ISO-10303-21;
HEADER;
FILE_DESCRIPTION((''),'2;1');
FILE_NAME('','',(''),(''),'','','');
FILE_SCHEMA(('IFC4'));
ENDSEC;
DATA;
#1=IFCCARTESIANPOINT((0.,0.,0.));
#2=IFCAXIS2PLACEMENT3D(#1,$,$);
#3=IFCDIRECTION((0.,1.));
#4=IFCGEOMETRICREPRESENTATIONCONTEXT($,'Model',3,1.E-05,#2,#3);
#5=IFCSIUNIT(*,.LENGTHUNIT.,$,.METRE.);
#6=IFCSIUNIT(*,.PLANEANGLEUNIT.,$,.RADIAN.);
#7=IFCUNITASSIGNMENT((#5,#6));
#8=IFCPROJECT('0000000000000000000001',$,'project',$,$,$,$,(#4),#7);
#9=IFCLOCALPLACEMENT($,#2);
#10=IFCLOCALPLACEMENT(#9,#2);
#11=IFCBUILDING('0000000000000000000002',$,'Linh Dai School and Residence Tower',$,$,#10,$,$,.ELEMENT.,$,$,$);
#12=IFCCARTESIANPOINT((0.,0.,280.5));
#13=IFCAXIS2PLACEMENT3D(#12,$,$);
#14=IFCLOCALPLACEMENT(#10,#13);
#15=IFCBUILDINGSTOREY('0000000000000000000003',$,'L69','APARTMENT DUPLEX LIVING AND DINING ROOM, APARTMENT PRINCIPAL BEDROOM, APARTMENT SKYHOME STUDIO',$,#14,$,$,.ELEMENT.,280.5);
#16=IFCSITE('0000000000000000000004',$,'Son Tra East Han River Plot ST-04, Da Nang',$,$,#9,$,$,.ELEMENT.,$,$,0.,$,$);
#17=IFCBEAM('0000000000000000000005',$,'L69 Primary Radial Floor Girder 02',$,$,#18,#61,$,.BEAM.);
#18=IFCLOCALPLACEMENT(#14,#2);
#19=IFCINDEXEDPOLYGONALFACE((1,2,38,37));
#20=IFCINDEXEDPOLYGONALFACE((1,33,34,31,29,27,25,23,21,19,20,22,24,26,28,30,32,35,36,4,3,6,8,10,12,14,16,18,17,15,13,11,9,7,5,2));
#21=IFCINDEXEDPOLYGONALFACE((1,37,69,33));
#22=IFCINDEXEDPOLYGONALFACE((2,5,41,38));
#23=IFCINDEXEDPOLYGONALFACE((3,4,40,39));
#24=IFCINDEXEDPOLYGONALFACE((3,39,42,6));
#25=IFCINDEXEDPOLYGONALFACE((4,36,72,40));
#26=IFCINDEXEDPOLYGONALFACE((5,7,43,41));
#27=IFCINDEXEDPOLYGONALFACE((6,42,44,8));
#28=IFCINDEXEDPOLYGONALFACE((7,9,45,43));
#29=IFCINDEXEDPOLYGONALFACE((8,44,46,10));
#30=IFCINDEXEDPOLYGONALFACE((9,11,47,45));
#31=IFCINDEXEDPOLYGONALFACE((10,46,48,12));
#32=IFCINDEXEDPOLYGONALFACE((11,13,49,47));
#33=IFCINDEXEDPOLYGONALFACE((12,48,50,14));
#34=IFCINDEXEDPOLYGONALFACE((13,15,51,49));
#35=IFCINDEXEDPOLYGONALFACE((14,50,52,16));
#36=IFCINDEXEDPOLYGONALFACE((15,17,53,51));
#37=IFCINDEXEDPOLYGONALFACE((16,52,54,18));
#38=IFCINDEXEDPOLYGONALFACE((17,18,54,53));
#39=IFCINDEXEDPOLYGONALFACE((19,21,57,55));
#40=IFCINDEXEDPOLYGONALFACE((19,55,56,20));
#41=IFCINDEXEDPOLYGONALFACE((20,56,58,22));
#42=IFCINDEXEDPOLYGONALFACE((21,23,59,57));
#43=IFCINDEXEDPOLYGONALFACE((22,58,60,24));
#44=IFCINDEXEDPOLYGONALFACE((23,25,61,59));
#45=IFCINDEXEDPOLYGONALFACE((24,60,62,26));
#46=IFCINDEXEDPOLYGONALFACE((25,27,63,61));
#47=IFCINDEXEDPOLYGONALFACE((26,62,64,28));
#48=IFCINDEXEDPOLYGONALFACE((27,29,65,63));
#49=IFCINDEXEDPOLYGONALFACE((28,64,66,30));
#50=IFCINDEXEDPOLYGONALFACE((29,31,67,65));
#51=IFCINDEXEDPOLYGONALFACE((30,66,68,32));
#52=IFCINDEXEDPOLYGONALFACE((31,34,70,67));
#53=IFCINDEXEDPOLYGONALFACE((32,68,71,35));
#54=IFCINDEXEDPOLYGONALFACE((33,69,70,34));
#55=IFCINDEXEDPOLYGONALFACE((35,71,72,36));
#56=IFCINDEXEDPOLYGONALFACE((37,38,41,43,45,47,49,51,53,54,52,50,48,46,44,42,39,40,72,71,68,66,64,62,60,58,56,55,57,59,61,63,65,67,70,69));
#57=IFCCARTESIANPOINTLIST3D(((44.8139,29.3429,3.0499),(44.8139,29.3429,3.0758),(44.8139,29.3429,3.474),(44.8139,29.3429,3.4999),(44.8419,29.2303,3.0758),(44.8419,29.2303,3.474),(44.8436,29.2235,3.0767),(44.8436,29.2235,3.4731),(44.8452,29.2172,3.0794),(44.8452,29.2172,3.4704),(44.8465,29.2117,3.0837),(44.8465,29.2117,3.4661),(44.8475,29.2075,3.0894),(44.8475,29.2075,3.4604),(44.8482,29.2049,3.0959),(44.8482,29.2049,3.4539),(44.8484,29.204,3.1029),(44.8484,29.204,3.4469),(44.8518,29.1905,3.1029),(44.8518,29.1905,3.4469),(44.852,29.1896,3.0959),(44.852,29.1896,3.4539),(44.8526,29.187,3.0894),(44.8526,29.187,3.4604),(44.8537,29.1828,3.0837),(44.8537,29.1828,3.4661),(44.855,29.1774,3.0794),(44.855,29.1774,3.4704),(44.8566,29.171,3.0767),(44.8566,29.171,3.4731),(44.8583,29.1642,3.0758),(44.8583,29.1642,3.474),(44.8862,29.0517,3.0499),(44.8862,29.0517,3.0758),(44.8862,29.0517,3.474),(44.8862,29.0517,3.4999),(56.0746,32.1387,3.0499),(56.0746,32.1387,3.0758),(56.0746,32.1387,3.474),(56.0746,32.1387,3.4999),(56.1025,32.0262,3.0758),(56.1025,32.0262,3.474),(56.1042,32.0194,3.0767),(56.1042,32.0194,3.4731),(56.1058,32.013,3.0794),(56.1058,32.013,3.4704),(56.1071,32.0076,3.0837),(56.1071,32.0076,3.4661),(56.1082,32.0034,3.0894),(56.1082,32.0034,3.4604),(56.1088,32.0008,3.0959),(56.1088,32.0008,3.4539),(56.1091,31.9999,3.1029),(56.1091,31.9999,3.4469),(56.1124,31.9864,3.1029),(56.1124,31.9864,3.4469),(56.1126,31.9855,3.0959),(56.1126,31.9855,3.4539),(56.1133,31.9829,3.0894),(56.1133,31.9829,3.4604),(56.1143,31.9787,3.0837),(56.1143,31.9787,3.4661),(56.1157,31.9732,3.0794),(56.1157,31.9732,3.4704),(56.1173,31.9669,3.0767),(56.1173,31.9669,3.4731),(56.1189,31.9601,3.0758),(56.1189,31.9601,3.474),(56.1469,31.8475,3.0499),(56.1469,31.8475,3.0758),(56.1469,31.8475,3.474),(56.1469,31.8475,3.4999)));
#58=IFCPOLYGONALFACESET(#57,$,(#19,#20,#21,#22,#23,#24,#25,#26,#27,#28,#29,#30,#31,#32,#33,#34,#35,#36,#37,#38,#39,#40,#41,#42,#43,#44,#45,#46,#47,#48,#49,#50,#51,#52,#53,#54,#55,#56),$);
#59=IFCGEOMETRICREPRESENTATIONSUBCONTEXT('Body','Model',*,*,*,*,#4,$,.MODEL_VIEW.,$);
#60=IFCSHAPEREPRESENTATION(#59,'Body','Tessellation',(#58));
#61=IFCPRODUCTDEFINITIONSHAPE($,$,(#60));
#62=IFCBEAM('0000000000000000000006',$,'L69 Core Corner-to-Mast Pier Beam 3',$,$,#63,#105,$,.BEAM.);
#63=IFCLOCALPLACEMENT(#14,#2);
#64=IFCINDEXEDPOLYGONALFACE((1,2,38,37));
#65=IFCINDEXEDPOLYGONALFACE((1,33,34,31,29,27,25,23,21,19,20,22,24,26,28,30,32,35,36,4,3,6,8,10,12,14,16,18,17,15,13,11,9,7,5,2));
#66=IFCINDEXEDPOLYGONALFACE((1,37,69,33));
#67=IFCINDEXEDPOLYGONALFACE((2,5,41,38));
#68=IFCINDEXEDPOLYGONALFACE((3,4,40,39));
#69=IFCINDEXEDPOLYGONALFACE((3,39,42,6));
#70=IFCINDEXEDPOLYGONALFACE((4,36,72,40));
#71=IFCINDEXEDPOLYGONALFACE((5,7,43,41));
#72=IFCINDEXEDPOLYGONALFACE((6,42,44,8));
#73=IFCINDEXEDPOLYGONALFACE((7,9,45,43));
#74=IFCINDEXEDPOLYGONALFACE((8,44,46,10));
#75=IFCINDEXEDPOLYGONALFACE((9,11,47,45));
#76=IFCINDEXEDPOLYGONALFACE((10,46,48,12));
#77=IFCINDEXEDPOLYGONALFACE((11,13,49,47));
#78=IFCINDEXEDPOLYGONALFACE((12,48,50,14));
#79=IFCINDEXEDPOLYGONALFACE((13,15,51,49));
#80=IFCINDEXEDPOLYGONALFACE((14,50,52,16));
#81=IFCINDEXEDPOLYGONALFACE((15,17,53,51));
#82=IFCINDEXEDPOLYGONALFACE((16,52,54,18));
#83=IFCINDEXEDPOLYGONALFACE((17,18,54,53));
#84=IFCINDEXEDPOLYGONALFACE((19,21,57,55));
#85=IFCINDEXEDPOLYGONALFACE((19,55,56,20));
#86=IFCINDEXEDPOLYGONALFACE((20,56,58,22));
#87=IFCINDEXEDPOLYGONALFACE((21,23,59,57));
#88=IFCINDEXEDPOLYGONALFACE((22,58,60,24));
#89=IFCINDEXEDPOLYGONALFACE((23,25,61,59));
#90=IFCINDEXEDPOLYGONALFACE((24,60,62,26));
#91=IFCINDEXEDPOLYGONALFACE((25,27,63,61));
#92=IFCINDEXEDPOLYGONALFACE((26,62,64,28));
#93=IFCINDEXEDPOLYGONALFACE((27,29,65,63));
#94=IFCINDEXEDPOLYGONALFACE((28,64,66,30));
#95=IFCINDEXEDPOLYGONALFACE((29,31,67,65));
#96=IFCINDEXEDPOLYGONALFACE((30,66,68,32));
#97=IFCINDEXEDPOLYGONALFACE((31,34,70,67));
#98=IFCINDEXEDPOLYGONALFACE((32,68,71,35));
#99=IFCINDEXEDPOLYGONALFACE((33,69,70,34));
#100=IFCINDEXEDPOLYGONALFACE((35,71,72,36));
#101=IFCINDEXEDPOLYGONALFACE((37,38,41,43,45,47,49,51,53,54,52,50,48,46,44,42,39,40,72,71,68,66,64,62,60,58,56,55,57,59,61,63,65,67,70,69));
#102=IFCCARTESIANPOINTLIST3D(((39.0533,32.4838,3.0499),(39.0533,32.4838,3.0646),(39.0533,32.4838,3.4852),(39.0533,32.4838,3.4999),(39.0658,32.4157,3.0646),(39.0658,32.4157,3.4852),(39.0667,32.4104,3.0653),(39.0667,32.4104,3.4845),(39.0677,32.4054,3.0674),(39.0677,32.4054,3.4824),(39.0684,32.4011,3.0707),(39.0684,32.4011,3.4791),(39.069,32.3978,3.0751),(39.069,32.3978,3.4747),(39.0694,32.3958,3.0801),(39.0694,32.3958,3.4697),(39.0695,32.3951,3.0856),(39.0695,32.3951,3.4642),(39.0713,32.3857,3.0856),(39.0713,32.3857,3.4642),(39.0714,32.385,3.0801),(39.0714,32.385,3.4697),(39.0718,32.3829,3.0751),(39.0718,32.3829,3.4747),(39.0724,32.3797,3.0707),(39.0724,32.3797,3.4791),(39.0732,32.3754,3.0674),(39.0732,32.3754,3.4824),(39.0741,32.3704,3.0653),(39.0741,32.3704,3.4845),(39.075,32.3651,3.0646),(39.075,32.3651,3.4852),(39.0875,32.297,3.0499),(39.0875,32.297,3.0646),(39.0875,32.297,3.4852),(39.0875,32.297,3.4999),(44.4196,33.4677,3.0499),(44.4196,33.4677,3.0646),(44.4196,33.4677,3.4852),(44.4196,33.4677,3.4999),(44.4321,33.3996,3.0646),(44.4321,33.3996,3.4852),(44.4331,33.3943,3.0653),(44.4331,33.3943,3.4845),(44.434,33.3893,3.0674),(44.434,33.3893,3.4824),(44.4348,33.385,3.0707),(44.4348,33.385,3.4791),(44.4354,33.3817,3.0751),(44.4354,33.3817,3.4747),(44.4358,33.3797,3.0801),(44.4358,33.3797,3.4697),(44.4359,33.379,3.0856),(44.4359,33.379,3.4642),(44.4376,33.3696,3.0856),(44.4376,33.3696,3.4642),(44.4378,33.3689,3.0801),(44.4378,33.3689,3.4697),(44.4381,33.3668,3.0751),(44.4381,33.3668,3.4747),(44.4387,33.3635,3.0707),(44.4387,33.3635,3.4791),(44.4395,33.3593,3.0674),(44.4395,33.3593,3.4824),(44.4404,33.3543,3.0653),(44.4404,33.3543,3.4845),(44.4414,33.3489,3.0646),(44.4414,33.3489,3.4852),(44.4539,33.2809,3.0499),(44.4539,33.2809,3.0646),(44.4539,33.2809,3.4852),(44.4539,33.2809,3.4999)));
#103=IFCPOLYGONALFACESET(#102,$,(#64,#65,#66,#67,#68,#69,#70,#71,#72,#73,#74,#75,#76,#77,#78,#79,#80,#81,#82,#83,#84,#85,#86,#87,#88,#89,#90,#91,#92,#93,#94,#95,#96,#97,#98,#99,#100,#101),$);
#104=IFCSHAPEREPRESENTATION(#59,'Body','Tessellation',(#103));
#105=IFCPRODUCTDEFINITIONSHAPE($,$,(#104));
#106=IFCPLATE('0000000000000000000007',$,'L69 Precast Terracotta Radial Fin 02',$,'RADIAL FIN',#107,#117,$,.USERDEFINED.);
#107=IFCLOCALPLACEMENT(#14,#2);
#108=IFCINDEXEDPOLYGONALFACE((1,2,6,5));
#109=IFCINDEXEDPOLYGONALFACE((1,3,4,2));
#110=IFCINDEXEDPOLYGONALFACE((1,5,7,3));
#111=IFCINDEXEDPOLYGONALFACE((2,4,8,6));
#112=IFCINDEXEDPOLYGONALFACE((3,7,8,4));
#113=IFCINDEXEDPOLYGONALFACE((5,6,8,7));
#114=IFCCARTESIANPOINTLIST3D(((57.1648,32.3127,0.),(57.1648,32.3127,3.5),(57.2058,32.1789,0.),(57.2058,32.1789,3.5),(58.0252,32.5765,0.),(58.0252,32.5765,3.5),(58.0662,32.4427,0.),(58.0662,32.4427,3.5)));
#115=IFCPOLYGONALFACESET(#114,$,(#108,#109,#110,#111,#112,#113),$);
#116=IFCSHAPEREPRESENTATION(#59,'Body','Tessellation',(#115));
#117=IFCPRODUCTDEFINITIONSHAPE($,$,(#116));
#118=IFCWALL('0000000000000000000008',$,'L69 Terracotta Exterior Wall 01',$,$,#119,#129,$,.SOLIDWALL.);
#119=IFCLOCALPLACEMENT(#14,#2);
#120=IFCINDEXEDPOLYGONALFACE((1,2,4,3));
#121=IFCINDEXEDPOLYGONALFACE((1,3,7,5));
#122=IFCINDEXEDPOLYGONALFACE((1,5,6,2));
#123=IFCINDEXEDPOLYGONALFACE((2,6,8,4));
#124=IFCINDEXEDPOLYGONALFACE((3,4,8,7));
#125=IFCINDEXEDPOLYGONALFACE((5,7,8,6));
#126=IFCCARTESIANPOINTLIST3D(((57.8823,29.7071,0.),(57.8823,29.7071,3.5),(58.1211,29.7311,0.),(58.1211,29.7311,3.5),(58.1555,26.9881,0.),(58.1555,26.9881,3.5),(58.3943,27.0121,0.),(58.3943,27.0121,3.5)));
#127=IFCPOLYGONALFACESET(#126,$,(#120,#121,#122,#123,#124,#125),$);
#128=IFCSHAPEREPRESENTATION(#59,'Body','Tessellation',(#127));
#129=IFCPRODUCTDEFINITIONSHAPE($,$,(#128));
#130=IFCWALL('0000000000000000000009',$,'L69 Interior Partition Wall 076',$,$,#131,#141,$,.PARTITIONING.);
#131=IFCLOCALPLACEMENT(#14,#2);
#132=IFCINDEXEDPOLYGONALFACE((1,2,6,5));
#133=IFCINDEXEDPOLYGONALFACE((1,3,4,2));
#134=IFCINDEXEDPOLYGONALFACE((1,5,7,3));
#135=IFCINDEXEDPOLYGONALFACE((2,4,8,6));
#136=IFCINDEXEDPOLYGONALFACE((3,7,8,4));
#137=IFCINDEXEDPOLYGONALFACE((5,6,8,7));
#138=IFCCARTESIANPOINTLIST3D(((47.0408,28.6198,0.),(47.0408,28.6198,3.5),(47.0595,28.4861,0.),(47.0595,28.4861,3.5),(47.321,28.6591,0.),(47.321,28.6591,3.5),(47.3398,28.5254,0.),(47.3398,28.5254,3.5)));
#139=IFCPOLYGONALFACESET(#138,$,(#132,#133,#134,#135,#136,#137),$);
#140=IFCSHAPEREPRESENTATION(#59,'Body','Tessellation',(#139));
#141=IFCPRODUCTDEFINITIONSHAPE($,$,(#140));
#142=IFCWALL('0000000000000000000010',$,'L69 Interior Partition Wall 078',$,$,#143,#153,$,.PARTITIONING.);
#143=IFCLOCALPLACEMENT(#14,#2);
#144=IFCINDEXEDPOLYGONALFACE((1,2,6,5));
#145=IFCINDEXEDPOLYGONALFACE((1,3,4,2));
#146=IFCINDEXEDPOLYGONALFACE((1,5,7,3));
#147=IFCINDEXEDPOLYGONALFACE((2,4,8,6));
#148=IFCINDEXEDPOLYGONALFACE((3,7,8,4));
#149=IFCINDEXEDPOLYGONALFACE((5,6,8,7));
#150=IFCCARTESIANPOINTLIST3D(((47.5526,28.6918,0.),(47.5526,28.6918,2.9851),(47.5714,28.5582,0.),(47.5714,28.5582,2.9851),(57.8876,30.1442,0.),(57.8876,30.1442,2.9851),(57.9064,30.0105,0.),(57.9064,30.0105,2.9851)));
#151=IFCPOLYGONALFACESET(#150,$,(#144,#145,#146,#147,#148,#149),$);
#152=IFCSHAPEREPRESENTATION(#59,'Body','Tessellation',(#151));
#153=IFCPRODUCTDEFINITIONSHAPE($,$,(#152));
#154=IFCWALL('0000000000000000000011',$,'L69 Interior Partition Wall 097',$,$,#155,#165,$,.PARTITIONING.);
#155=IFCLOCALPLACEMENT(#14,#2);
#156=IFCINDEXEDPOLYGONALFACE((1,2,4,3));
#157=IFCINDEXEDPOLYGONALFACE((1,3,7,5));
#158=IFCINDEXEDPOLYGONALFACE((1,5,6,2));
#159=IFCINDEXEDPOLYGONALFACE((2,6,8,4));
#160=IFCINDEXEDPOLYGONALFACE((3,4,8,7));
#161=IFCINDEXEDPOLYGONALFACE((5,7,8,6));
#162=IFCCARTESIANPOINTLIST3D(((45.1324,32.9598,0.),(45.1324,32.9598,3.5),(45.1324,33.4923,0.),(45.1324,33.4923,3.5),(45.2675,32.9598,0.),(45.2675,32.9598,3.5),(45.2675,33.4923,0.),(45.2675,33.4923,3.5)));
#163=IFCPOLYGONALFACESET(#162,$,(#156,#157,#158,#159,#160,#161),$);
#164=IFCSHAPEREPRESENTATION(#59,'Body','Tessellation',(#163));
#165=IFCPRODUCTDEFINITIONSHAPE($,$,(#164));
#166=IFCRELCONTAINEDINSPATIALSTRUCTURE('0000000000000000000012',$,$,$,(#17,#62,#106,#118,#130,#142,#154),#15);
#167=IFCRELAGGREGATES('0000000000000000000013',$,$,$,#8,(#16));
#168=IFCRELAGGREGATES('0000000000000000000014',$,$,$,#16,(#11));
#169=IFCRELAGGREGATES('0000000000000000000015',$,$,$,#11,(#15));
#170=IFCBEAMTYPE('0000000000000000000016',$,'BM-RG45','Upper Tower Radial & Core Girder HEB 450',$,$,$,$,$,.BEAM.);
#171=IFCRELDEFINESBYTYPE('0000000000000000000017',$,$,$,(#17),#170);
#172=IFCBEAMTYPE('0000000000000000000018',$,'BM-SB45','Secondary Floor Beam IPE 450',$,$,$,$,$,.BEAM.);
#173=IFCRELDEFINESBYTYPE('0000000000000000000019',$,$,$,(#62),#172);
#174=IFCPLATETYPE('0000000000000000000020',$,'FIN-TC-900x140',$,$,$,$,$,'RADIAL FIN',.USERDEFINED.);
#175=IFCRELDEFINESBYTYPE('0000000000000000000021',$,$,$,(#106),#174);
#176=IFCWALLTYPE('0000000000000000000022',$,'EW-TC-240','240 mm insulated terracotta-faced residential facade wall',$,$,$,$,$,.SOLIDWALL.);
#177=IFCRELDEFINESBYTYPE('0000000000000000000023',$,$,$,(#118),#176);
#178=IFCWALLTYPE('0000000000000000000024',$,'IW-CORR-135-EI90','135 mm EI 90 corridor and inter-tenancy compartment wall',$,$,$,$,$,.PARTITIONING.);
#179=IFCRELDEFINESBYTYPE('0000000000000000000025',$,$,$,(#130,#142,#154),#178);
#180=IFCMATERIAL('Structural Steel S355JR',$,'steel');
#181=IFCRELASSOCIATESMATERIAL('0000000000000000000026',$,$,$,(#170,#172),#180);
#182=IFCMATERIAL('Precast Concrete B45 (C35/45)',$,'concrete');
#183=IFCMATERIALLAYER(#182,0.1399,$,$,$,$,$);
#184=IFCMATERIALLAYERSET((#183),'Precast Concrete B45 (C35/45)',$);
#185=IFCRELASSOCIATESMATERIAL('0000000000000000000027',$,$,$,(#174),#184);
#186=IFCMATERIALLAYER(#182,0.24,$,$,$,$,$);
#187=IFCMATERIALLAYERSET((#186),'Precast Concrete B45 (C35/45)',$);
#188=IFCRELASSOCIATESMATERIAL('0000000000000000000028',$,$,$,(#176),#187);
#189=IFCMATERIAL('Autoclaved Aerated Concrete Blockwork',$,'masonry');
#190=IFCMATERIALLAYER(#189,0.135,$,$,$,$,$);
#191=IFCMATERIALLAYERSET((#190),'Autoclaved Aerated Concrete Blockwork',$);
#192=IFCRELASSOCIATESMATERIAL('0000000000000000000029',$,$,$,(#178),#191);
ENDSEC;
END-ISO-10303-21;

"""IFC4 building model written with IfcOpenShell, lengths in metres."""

from ifc_helpers import new_model, si_unit, direction, frame, frame_2d, origin, origin_2d, place, context, subcontext, project, spatial, rectangle, i_section, extrude, source, transform, mapped, material, layer, layer_set, material_profile, profile_set, type_object, element, save


model = new_model("IFC4")

# Units and contexts
model_context = context("Model", 3, precision=1e-05, world=origin(), true_north=direction((0.0, 1.0)))
body_context = subcontext(model_context, "Body", "Model", "MODEL_VIEW")
ifc_project = project(units=[si_unit("LENGTHUNIT", "METRE"), si_unit("PLANEANGLEUNIT", "RADIAN")], contexts=[model_context])

# Site, building, storey
site_placement = place(None, origin())
site = spatial("IfcSite", under=ifc_project, at=site_placement, Name="Son Tra East Han River Plot ST-04, Da Nang", CompositionType="ELEMENT", RefElevation=0.0)
building_placement = place(site_placement, origin())
building = spatial("IfcBuilding", under=site, at=building_placement, Name="Linh Dai School and Residence Tower", CompositionType="ELEMENT")
storey_placement = place(building_placement, frame((0.0, 0.0, 280.5)))
storey = spatial("IfcBuildingStorey", under=building, at=storey_placement, Name="L69", Description="APARTMENT DUPLEX LIVING AND DINING ROOM, APARTMENT PRINCIPAL BEDROOM, APARTMENT SKYHOME STUDIO", CompositionType="ELEMENT", Elevation=280.5)

# Shared definitions
ifc_material_1 = material(Name="Structural Steel S355JR", Category="steel")

# Beams
ifc_material_profile_1 = material_profile(ifc_material_1, i_section(OverallWidth=0.3, OverallDepth=0.45, WebThickness=0.0139, FlangeThickness=0.0259, FilletRadius=0.0271, at=origin_2d()), Name="HEB 450")
ifc_profile_set_1 = profile_set([ifc_material_profile_1], Name="Structural Steel S355JR")
beam_type_1 = type_object("IfcBeamType", Name="BM-RG45", Description="Upper Tower Radial & Core Girder HEB 450", PredefinedType="BEAM", material=ifc_profile_set_1)
beam_1_placement = place(storey_placement, frame((44.8501, 29.1973, 3.2749), z_axis=(0.970532, 0.240971, 0.0), x_axis=(-0.240971, 0.970532, 0.0)))
element("IfcBeam", 1, at=beam_1_placement, inside=storey, type_object=beam_type_1, Name="L69 Primary Radial Floor Girder 02", PredefinedType="BEAM", context=body_context, shape_type="SweptSolid", body=[
    extrude(i_section(OverallWidth=0.3, OverallDepth=0.45, WebThickness=0.0139, FlangeThickness=0.0259, FilletRadius=0.0271, at=origin_2d()), origin(), (0.0, 0.0, 1.0), 11.6025),
])
ifc_material_profile_2 = material_profile(ifc_material_1, i_section(OverallWidth=0.1899, OverallDepth=0.45, WebThickness=0.0095, FlangeThickness=0.0146, FilletRadius=0.021, at=origin_2d()), Name="IPE 450")
ifc_profile_set_2 = profile_set([ifc_material_profile_2], Name="Structural Steel S355JR")
beam_type_2 = type_object("IfcBeamType", Name="BM-SB45", Description="Secondary Floor Beam IPE 450", PredefinedType="BEAM", material=ifc_profile_set_2)
beam_2_placement = place(storey_placement, frame((44.4368, 33.3743, 3.2749), z_axis=(-0.983605, -0.180334, 0.0), x_axis=(0.180334, -0.983605, 0.0)))
element("IfcBeam", 2, at=beam_2_placement, inside=storey, type_object=beam_type_2, Name="L69 Core Corner-to-Mast Pier Beam 3", PredefinedType="BEAM", context=body_context, shape_type="SweptSolid", body=[
    extrude(i_section(OverallWidth=0.1899, OverallDepth=0.45, WebThickness=0.0095, FlangeThickness=0.0146, FilletRadius=0.021, at=origin_2d()), origin(), (0.0, 0.0, 1.0), 5.4558),
])

# Plate
ifc_material_2 = material(Name="Precast Concrete B45 (C35/45)", Category="concrete")
ifc_layer_1 = layer(ifc_material_2, 0.1399)
ifc_layer_set_1 = layer_set([ifc_layer_1], Name="Precast Concrete B45 (C35/45)")
plate_type = type_object("IfcPlateType", Name="FIN-TC-900x140", ElementType="RADIAL FIN", PredefinedType="USERDEFINED", material=ifc_layer_set_1)
shared_shape_1 = source(origin(), body_context, "Body", "SweptSolid", [
    extrude(rectangle(XDim=0.8999, YDim=0.1399, at=origin_2d()), origin(), (0.0, 0.0, 1.0), 3.5),
])
plate_placement = place(storey_placement, frame((57.6155, 32.3777, 0.0), z_axis=(0.0, 0.0, 1.0), x_axis=(0.956069, 0.293141, 0.0)))
element("IfcPlate", 3, at=plate_placement, inside=storey, type_object=plate_type, Name="L69 Precast Terracotta Radial Fin 02", ObjectType="RADIAL FIN", PredefinedType="USERDEFINED", context=body_context, shape_type="MappedRepresentation", body=[
    mapped(shared_shape_1, transform((0.0, 0.0, 0.0), x_axis=(1.0, 0.0, 0.0), y_axis=(0.0, 1.0, 0.0), z_axis=(0.0, 0.0, 1.0), scale=1.0)),
])

# Wall
ifc_layer_2 = layer(ifc_material_2, 0.24)
ifc_layer_set_2 = layer_set([ifc_layer_2], Name="Precast Concrete B45 (C35/45)")
wall_type_1 = type_object("IfcWallType", Name="EW-TC-240", Description="240 mm insulated terracotta-faced residential facade wall", PredefinedType="SOLIDWALL", material=ifc_layer_set_2)
wall_1_placement = place(storey_placement, frame((58.0017, 29.719, 0.0), z_axis=(0.0, 0.0, 1.0), x_axis=(0.099973, -0.99499, 0.0)))
element("IfcWall", 4, at=wall_1_placement, inside=storey, type_object=wall_type_1, Name="L69 Terracotta Exterior Wall 01", PredefinedType="SOLIDWALL", context=body_context, shape_type="SweptSolid", body=[
    extrude(rectangle(XDim=2.7327, YDim=0.24, at=frame_2d((1.3662, 0.0))), origin(), (0.0, 0.0, 1.0), 3.5),
])

# Walls
ifc_material_3 = material(Name="Autoclaved Aerated Concrete Blockwork", Category="masonry")
ifc_layer_3 = layer(ifc_material_3, 0.135)
ifc_layer_set_3 = layer_set([ifc_layer_3], Name="Autoclaved Aerated Concrete Blockwork")
wall_type_2 = type_object("IfcWallType", Name="IW-CORR-135-EI90", Description="135 mm EI 90 corridor and inter-tenancy compartment wall", PredefinedType="PARTITIONING", material=ifc_layer_set_3)
wall_2_placement = place(storey_placement, frame((47.05, 28.553, 0.0), z_axis=(0.0, 0.0, 1.0), x_axis=(0.990309, 0.138885, 0.0)))
element("IfcWall", 5, at=wall_2_placement, inside=storey, type_object=wall_type_2, Name="L69 Interior Partition Wall 076", PredefinedType="PARTITIONING", context=body_context, shape_type="SweptSolid", body=[
    extrude(rectangle(XDim=0.283, YDim=0.135, at=frame_2d((0.1416, 0.0))), origin(), (0.0, 0.0, 1.0), 3.5),
])
wall_3_placement = place(storey_placement, frame((47.562, 28.625, 0.0), z_axis=(0.0, 0.0, 1.0), x_axis=(0.990269, 0.139165, 0.0)))
element("IfcWall", 6, at=wall_3_placement, inside=storey, type_object=wall_type_2, Name="L69 Interior Partition Wall 078", PredefinedType="PARTITIONING", context=body_context, shape_type="SweptSolid", body=[
    extrude(rectangle(XDim=10.4365, YDim=0.135, at=frame_2d((5.2183, 0.0))), origin(), (0.0, 0.0, 1.0), 2.9851),
])
wall_4_placement = place(storey_placement, frame((45.2, 32.96, 0.0), z_axis=(0.0, 0.0, 1.0), x_axis=(0.0, 1.0, 0.0)))
element("IfcWall", 7, at=wall_4_placement, inside=storey, type_object=wall_type_2, Name="L69 Interior Partition Wall 097", PredefinedType="PARTITIONING", context=body_context, shape_type="SweptSolid", body=[
    extrude(rectangle(XDim=0.5325, YDim=0.135, at=frame_2d((0.2661, 0.0))), origin(), (0.0, 0.0, 1.0), 3.5),
])

save(model, "model.ifc")
